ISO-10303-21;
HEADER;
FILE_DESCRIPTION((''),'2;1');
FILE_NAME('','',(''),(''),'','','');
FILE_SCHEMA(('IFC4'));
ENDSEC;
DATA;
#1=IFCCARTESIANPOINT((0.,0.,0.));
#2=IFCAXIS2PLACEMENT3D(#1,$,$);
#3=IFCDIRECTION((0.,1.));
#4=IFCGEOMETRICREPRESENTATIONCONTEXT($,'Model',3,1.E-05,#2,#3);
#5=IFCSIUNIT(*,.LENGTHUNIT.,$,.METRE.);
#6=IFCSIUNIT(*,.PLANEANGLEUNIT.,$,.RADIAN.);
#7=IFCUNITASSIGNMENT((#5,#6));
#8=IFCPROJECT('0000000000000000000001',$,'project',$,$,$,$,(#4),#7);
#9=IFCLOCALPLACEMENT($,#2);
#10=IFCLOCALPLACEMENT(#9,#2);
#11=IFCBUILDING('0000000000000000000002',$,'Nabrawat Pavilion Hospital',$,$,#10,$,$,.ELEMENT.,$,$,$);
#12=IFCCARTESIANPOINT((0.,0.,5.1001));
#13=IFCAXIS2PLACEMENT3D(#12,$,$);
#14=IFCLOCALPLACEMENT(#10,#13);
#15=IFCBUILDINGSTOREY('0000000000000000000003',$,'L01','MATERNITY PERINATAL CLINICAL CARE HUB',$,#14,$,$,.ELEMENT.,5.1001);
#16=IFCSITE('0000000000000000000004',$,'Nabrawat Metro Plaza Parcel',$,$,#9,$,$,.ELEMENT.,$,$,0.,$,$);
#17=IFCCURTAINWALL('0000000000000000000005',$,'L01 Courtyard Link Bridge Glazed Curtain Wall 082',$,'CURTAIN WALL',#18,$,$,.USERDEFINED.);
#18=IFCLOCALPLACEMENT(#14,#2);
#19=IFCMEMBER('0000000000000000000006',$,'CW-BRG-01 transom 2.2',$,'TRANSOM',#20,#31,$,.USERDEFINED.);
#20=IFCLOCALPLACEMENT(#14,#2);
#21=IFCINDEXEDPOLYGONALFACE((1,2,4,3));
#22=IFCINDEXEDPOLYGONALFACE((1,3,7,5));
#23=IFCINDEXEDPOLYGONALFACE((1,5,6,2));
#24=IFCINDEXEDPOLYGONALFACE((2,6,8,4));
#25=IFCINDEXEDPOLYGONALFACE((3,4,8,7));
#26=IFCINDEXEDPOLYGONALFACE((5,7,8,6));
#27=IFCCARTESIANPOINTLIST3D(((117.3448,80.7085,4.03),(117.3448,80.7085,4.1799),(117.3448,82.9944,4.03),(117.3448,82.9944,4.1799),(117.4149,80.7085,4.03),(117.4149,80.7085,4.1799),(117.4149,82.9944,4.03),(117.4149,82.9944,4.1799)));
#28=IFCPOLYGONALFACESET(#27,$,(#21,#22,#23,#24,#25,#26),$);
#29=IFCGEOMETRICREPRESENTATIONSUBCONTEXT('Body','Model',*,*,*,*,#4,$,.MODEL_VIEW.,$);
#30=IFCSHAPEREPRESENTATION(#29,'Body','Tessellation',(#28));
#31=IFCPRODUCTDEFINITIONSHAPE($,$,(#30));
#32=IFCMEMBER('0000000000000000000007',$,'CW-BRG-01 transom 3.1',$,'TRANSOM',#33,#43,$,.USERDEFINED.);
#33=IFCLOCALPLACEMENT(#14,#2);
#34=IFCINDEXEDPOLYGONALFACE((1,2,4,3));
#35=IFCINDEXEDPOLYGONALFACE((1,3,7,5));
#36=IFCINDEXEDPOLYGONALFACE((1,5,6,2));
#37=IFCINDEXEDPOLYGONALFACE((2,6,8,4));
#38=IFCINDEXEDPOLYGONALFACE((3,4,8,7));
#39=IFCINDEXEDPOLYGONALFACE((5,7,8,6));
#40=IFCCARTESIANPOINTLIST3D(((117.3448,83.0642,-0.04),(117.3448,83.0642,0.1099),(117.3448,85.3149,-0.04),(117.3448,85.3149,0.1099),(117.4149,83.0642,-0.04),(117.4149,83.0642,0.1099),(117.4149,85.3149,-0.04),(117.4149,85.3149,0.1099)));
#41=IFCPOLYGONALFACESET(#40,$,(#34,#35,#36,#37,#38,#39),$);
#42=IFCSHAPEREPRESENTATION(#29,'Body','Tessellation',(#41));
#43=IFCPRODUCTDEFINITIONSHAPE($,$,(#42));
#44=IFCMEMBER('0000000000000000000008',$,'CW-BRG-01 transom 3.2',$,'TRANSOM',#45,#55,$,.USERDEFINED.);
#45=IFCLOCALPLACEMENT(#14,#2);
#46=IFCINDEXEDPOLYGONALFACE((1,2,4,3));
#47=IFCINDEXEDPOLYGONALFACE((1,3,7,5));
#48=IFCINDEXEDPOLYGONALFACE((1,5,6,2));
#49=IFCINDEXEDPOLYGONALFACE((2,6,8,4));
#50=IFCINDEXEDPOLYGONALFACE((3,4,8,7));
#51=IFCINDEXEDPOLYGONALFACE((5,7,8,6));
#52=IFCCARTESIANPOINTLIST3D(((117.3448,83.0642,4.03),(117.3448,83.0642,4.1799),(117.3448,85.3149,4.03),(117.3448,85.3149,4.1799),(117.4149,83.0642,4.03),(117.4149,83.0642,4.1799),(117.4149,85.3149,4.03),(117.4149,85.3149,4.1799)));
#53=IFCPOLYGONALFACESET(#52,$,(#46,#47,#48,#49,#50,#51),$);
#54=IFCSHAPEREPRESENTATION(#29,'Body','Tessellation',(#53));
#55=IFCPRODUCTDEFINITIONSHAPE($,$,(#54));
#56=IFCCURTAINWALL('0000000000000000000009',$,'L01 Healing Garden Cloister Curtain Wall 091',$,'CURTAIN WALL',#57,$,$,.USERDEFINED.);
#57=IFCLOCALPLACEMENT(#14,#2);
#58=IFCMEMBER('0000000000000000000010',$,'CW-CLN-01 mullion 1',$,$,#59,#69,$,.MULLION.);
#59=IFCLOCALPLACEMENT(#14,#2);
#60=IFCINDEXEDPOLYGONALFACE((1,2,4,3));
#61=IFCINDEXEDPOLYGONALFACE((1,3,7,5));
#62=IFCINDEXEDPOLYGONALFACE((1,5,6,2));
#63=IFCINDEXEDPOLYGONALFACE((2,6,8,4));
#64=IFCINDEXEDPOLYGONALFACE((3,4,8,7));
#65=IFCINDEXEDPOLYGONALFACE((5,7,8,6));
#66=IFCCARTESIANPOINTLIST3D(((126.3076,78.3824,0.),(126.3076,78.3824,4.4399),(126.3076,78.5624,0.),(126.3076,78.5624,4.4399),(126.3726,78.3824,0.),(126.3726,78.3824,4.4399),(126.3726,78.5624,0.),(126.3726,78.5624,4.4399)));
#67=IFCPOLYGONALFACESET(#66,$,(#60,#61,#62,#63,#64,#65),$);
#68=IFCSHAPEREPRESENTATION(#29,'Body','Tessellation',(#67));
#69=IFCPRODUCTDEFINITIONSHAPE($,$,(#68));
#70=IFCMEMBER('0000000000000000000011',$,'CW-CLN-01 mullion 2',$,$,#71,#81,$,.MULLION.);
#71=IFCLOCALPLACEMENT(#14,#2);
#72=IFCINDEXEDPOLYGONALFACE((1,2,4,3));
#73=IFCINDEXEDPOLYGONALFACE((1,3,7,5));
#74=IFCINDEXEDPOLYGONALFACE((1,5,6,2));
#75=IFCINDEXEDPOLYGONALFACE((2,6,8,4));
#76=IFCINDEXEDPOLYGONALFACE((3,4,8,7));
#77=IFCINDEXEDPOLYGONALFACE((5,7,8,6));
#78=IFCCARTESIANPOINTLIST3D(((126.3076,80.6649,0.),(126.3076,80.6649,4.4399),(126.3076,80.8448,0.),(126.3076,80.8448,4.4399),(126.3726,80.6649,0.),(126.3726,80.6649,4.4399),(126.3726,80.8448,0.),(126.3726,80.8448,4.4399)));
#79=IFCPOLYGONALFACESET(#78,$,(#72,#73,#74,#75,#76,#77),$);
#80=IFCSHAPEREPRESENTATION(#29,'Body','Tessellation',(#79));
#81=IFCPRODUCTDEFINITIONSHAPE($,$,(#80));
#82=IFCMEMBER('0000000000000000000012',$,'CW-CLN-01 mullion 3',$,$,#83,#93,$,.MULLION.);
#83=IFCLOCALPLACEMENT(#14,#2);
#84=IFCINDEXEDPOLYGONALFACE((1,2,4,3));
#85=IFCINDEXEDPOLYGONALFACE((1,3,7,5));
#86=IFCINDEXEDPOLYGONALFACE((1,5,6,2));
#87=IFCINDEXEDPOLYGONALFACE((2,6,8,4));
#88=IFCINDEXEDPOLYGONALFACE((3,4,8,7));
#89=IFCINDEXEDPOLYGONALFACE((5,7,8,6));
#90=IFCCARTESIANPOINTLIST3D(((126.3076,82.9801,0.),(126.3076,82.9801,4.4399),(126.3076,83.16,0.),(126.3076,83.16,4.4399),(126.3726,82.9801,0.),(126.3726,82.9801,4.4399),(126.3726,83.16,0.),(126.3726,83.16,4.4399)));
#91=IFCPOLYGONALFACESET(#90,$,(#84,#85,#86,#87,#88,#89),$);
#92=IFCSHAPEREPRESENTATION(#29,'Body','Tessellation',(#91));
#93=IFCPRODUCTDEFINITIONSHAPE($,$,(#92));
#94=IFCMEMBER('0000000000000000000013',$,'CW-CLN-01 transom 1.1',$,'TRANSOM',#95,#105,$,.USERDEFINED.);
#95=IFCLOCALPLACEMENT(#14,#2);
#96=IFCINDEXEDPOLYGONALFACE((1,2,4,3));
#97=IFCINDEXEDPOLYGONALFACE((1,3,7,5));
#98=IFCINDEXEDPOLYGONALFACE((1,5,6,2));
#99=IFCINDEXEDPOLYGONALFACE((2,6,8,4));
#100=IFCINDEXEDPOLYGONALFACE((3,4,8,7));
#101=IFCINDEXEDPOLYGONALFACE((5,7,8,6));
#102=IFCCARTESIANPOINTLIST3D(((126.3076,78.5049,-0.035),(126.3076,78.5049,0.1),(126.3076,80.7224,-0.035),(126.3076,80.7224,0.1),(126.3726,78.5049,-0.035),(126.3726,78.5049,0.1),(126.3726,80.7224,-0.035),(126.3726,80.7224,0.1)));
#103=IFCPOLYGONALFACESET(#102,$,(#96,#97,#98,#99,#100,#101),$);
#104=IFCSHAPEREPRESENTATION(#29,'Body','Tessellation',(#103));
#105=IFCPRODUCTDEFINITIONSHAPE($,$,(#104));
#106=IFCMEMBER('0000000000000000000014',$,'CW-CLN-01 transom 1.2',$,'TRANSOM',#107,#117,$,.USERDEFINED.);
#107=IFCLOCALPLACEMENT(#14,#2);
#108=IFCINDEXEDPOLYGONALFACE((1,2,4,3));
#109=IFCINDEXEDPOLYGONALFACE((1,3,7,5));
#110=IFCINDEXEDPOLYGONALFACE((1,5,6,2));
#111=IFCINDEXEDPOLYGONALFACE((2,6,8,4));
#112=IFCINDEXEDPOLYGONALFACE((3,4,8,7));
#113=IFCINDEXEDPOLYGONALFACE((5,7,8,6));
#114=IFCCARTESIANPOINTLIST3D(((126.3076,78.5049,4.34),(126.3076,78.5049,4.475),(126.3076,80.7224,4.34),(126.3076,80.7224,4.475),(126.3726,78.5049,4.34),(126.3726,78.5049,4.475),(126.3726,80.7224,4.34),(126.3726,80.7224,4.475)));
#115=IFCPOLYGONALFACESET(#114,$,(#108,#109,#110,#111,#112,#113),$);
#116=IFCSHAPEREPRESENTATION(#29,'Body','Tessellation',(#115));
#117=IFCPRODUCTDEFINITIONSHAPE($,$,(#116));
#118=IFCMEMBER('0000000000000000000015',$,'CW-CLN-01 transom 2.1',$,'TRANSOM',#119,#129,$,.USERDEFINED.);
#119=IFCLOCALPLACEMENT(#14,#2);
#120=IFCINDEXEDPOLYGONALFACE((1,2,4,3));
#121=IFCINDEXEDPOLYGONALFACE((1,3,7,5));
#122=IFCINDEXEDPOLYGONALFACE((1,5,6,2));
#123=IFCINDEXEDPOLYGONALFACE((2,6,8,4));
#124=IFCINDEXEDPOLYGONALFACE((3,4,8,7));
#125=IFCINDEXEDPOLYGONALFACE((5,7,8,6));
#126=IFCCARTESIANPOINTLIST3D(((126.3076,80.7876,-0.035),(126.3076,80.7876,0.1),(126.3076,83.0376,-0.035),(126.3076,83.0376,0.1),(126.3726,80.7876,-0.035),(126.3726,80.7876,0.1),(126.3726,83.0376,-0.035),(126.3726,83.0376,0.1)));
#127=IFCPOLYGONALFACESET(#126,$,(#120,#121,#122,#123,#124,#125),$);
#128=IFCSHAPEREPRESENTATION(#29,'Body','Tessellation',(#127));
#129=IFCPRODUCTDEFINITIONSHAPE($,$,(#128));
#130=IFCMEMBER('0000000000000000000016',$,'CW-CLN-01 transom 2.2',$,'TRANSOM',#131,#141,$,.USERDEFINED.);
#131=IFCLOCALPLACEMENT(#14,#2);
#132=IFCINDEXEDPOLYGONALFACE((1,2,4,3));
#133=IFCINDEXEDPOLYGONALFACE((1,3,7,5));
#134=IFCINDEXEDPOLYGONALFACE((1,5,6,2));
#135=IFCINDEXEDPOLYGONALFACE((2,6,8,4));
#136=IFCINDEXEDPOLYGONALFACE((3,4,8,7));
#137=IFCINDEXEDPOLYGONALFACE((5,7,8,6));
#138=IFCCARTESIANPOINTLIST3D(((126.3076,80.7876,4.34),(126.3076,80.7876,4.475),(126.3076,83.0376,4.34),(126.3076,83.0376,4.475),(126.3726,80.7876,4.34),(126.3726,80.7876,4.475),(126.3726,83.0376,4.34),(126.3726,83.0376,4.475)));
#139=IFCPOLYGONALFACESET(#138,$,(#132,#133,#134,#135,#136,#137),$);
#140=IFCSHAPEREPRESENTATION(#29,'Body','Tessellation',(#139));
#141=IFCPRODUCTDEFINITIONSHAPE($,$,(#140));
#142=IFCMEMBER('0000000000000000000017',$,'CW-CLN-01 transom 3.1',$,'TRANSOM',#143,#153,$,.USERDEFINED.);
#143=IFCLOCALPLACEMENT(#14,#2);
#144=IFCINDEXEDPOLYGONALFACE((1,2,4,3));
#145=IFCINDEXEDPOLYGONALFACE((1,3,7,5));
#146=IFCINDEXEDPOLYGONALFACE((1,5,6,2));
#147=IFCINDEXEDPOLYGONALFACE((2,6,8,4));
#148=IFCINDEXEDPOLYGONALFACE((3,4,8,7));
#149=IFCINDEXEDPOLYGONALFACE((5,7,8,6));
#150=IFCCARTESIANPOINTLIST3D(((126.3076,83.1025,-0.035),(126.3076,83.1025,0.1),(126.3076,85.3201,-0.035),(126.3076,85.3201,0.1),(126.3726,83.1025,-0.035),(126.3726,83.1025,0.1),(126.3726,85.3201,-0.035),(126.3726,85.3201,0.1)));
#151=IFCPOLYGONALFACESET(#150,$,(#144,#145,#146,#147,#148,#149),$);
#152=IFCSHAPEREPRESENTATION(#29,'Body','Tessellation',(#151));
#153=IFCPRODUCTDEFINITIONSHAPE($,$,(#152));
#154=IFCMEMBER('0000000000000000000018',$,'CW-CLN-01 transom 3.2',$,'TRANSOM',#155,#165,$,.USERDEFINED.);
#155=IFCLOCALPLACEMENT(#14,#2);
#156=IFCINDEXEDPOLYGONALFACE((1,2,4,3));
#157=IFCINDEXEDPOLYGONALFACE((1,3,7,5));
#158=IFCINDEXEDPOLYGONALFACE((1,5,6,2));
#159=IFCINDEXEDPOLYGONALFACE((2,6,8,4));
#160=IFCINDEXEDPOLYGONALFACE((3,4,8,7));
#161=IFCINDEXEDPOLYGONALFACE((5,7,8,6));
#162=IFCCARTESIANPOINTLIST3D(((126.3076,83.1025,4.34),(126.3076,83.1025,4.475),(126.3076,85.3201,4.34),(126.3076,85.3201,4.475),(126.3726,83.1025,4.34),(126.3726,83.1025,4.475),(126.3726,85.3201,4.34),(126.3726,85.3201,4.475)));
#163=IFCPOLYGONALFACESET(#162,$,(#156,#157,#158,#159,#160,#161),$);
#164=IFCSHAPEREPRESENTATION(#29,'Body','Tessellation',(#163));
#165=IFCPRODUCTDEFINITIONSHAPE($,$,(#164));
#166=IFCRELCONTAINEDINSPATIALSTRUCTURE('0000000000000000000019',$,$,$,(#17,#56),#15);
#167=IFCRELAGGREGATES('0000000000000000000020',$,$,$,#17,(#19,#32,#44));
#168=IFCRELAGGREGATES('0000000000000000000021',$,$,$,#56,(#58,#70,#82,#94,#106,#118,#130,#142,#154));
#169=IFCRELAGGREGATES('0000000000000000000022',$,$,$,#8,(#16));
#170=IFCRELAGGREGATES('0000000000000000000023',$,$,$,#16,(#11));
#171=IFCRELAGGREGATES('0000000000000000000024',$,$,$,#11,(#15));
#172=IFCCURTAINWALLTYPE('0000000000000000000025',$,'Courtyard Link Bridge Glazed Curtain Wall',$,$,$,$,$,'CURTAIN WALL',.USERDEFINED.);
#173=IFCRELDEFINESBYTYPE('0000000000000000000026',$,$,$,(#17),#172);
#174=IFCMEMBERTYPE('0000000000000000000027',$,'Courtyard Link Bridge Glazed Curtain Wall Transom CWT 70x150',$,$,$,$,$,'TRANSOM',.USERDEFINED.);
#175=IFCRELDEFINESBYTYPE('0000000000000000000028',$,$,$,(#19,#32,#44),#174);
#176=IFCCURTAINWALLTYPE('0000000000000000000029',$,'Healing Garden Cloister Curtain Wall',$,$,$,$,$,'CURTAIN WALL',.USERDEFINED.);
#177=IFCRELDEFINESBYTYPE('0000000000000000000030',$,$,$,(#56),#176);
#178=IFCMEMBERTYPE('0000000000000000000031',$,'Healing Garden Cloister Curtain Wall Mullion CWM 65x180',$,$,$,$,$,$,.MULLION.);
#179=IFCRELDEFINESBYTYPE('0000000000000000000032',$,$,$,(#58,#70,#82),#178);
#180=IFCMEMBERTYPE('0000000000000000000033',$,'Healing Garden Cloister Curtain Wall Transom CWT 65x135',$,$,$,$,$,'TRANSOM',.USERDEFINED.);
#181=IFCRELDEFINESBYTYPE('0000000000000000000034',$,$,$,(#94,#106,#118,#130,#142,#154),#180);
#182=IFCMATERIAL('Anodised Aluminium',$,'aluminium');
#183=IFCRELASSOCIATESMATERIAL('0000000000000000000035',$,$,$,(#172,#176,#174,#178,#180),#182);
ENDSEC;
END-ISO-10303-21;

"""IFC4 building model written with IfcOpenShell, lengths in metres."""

from ifc_helpers import new_model, si_unit, direction, frame, origin, origin_2d, place, context, subcontext, project, spatial, rectangle, extrude, material, material_profile, profile_set, type_object, element, aggregate, save


model = new_model("IFC4")

# Units and contexts
model_context = context("Model", 3, precision=1e-05, world=origin(), true_north=direction((0.0, 1.0)))
body_context = subcontext(model_context, "Body", "Model", "MODEL_VIEW")
ifc_project = project(units=[si_unit("LENGTHUNIT", "METRE"), si_unit("PLANEANGLEUNIT", "RADIAN")], contexts=[model_context])

# Site, building, storey
site_placement = place(None, origin())
site = spatial("IfcSite", under=ifc_project, at=site_placement, Name="Nabrawat Metro Plaza Parcel", CompositionType="ELEMENT", RefElevation=0.0)
building_placement = place(site_placement, origin())
building = spatial("IfcBuilding", under=site, at=building_placement, Name="Nabrawat Pavilion Hospital", CompositionType="ELEMENT")
storey_placement = place(building_placement, frame((0.0, 0.0, 5.1001)))
storey = spatial("IfcBuildingStorey", under=building, at=storey_placement, Name="L01", Description="MATERNITY PERINATAL CLINICAL CARE HUB", CompositionType="ELEMENT", Elevation=5.1001)

# Shared definitions
ifc_material_1 = material(Name="Anodised Aluminium", Category="aluminium")
curtain_wall_type_1 = type_object("IfcCurtainWallType", Name="Courtyard Link Bridge Glazed Curtain Wall", ElementType="CURTAIN WALL", PredefinedType="USERDEFINED", material=ifc_material_1)

# Curtain wall
curtain_wall_1_placement = place(storey_placement, origin())
curtain_wall_1 = element("IfcCurtainWall", 1, at=curtain_wall_1_placement, inside=storey, type_object=curtain_wall_type_1, Name="L01 Courtyard Link Bridge Glazed Curtain Wall 082", ObjectType="CURTAIN WALL", PredefinedType="USERDEFINED")

# Members
ifc_material_profile_1 = material_profile(ifc_material_1, rectangle(XDim=0.0701, YDim=0.1499, at=origin_2d()), Name="CWT 70x150")
ifc_profile_set_1 = profile_set([ifc_material_profile_1], Name="Anodised Aluminium")
member_type_1 = type_object("IfcMemberType", Name="Courtyard Link Bridge Glazed Curtain Wall Transom CWT 70x150", ElementType="TRANSOM", PredefinedType="USERDEFINED", material=ifc_profile_set_1)
member_1_placement = place(storey_placement, frame((117.3799, 80.7085, 4.105), z_axis=(0.0, 1.0, 0.0), x_axis=(-1.0, 0.0, 0.0)))
member_1 = element("IfcMember", 2, at=member_1_placement, type_object=member_type_1, Name="CW-BRG-01 transom 2.2", ObjectType="TRANSOM", PredefinedType="USERDEFINED", context=body_context, shape_type="SweptSolid", body=[
    extrude(rectangle(XDim=0.0701, YDim=0.1499, at=origin_2d()), origin(), (0.0, 0.0, 1.0), 2.2859),
])
member_2_placement = place(storey_placement, frame((117.3799, 83.0642, 0.0349), z_axis=(0.0, 1.0, 0.0), x_axis=(-1.0, 0.0, 0.0)))
member_2 = element("IfcMember", 3, at=member_2_placement, type_object=member_type_1, Name="CW-BRG-01 transom 3.1", ObjectType="TRANSOM", PredefinedType="USERDEFINED", context=body_context, shape_type="SweptSolid", body=[
    extrude(rectangle(XDim=0.0701, YDim=0.1499, at=origin_2d()), origin(), (0.0, 0.0, 1.0), 2.2507),
])
member_3_placement = place(storey_placement, frame((117.3799, 83.0642, 4.105), z_axis=(0.0, 1.0, 0.0), x_axis=(-1.0, 0.0, 0.0)))
member_3 = element("IfcMember", 4, at=member_3_placement, type_object=member_type_1, Name="CW-BRG-01 transom 3.2", ObjectType="TRANSOM", PredefinedType="USERDEFINED", context=body_context, shape_type="SweptSolid", body=[
    extrude(rectangle(XDim=0.0701, YDim=0.1499, at=origin_2d()), origin(), (0.0, 0.0, 1.0), 2.2507),
])

# Curtain wall, members
curtain_wall_type_2 = type_object("IfcCurtainWallType", Name="Healing Garden Cloister Curtain Wall", ElementType="CURTAIN WALL", PredefinedType="USERDEFINED", material=ifc_material_1)
curtain_wall_2_placement = place(storey_placement, origin())
curtain_wall_2 = element("IfcCurtainWall", 5, at=curtain_wall_2_placement, inside=storey, type_object=curtain_wall_type_2, Name="L01 Healing Garden Cloister Curtain Wall 091", ObjectType="CURTAIN WALL", PredefinedType="USERDEFINED")
ifc_material_profile_2 = material_profile(ifc_material_1, rectangle(XDim=0.0649, YDim=0.1799, at=origin_2d()), Name="CWM 65x180")
ifc_profile_set_2 = profile_set([ifc_material_profile_2], Name="Anodised Aluminium")
member_type_2 = type_object("IfcMemberType", Name="Healing Garden Cloister Curtain Wall Mullion CWM 65x180", PredefinedType="MULLION", material=ifc_profile_set_2)
member_4_placement = place(storey_placement, frame((126.3401, 78.4724, 0.0), z_axis=(0.0, 0.0, 1.0), x_axis=(-1.0, 0.0, 0.0)))
member_4 = element("IfcMember", 6, at=member_4_placement, type_object=member_type_2, Name="CW-CLN-01 mullion 1", PredefinedType="MULLION", context=body_context, shape_type="SweptSolid", body=[
    extrude(rectangle(XDim=0.0649, YDim=0.1799, at=origin_2d()), origin(), (0.0, 0.0, 1.0), 4.4399),
])
member_5_placement = place(storey_placement, frame((126.3401, 80.7549, 0.0), z_axis=(0.0, 0.0, 1.0), x_axis=(-1.0, 0.0, 0.0)))
member_5 = element("IfcMember", 7, at=member_5_placement, type_object=member_type_2, Name="CW-CLN-01 mullion 2", PredefinedType="MULLION", context=body_context, shape_type="SweptSolid", body=[
    extrude(rectangle(XDim=0.0649, YDim=0.1799, at=origin_2d()), origin(), (0.0, 0.0, 1.0), 4.4399),
])
member_6_placement = place(storey_placement, frame((126.3401, 83.0701, 0.0), z_axis=(0.0, 0.0, 1.0), x_axis=(-1.0, 0.0, 0.0)))
member_6 = element("IfcMember", 8, at=member_6_placement, type_object=member_type_2, Name="CW-CLN-01 mullion 3", PredefinedType="MULLION", context=body_context, shape_type="SweptSolid", body=[
    extrude(rectangle(XDim=0.0649, YDim=0.1799, at=origin_2d()), origin(), (0.0, 0.0, 1.0), 4.4399),
])
ifc_material_profile_3 = material_profile(ifc_material_1, rectangle(XDim=0.0649, YDim=0.135, at=origin_2d()), Name="CWT 65x135")
ifc_profile_set_3 = profile_set([ifc_material_profile_3], Name="Anodised Aluminium")
member_type_3 = type_object("IfcMemberType", Name="Healing Garden Cloister Curtain Wall Transom CWT 65x135", ElementType="TRANSOM", PredefinedType="USERDEFINED", material=ifc_profile_set_3)
member_7_placement = place(storey_placement, frame((126.3401, 78.5049, 0.0325), z_axis=(0.0, 1.0, 0.0), x_axis=(-1.0, 0.0, 0.0)))
member_7 = element("IfcMember", 9, at=member_7_placement, type_object=member_type_3, Name="CW-CLN-01 transom 1.1", ObjectType="TRANSOM", PredefinedType="USERDEFINED", context=body_context, shape_type="SweptSolid", body=[
    extrude(rectangle(XDim=0.0649, YDim=0.135, at=origin_2d()), origin(), (0.0, 0.0, 1.0), 2.2175),
])
member_8_placement = place(storey_placement, frame((126.3401, 78.5049, 4.4075), z_axis=(0.0, 1.0, 0.0), x_axis=(-1.0, 0.0, 0.0)))
member_8 = element("IfcMember", 10, at=member_8_placement, type_object=member_type_3, Name="CW-CLN-01 transom 1.2", ObjectType="TRANSOM", PredefinedType="USERDEFINED", context=body_context, shape_type="SweptSolid", body=[
    extrude(rectangle(XDim=0.0649, YDim=0.135, at=origin_2d()), origin(), (0.0, 0.0, 1.0), 2.2175),
])
member_9_placement = place(storey_placement, frame((126.3401, 80.7876, 0.0325), z_axis=(0.0, 1.0, 0.0), x_axis=(-1.0, 0.0, 0.0)))
member_9 = element("IfcMember", 11, at=member_9_placement, type_object=member_type_3, Name="CW-CLN-01 transom 2.1", ObjectType="TRANSOM", PredefinedType="USERDEFINED", context=body_context, shape_type="SweptSolid", body=[
    extrude(rectangle(XDim=0.0649, YDim=0.135, at=origin_2d()), origin(), (0.0, 0.0, 1.0), 2.25),
])
member_10_placement = place(storey_placement, frame((126.3401, 80.7876, 4.4075), z_axis=(0.0, 1.0, 0.0), x_axis=(-1.0, 0.0, 0.0)))
member_10 = element("IfcMember", 12, at=member_10_placement, type_object=member_type_3, Name="CW-CLN-01 transom 2.2", ObjectType="TRANSOM", PredefinedType="USERDEFINED", context=body_context, shape_type="SweptSolid", body=[
    extrude(rectangle(XDim=0.0649, YDim=0.135, at=origin_2d()), origin(), (0.0, 0.0, 1.0), 2.25),
])
member_11_placement = place(storey_placement, frame((126.3401, 83.1025, 0.0325), z_axis=(0.0, 1.0, 0.0), x_axis=(-1.0, 0.0, 0.0)))
member_11 = element("IfcMember", 13, at=member_11_placement, type_object=member_type_3, Name="CW-CLN-01 transom 3.1", ObjectType="TRANSOM", PredefinedType="USERDEFINED", context=body_context, shape_type="SweptSolid", body=[
    extrude(rectangle(XDim=0.0649, YDim=0.135, at=origin_2d()), origin(), (0.0, 0.0, 1.0), 2.2175),
])
member_12_placement = place(storey_placement, frame((126.3401, 83.1025, 4.4075), z_axis=(0.0, 1.0, 0.0), x_axis=(-1.0, 0.0, 0.0)))
member_12 = element("IfcMember", 14, at=member_12_placement, type_object=member_type_3, Name="CW-CLN-01 transom 3.2", ObjectType="TRANSOM", PredefinedType="USERDEFINED", context=body_context, shape_type="SweptSolid", body=[
    extrude(rectangle(XDim=0.0649, YDim=0.135, at=origin_2d()), origin(), (0.0, 0.0, 1.0), 2.2175),
])

aggregate(curtain_wall_1, [member_1, member_2, member_3])
aggregate(curtain_wall_2, [member_4, member_5, member_6, member_7, member_8, member_9, member_10, member_11, member_12])

save(model, "model.ifc")
